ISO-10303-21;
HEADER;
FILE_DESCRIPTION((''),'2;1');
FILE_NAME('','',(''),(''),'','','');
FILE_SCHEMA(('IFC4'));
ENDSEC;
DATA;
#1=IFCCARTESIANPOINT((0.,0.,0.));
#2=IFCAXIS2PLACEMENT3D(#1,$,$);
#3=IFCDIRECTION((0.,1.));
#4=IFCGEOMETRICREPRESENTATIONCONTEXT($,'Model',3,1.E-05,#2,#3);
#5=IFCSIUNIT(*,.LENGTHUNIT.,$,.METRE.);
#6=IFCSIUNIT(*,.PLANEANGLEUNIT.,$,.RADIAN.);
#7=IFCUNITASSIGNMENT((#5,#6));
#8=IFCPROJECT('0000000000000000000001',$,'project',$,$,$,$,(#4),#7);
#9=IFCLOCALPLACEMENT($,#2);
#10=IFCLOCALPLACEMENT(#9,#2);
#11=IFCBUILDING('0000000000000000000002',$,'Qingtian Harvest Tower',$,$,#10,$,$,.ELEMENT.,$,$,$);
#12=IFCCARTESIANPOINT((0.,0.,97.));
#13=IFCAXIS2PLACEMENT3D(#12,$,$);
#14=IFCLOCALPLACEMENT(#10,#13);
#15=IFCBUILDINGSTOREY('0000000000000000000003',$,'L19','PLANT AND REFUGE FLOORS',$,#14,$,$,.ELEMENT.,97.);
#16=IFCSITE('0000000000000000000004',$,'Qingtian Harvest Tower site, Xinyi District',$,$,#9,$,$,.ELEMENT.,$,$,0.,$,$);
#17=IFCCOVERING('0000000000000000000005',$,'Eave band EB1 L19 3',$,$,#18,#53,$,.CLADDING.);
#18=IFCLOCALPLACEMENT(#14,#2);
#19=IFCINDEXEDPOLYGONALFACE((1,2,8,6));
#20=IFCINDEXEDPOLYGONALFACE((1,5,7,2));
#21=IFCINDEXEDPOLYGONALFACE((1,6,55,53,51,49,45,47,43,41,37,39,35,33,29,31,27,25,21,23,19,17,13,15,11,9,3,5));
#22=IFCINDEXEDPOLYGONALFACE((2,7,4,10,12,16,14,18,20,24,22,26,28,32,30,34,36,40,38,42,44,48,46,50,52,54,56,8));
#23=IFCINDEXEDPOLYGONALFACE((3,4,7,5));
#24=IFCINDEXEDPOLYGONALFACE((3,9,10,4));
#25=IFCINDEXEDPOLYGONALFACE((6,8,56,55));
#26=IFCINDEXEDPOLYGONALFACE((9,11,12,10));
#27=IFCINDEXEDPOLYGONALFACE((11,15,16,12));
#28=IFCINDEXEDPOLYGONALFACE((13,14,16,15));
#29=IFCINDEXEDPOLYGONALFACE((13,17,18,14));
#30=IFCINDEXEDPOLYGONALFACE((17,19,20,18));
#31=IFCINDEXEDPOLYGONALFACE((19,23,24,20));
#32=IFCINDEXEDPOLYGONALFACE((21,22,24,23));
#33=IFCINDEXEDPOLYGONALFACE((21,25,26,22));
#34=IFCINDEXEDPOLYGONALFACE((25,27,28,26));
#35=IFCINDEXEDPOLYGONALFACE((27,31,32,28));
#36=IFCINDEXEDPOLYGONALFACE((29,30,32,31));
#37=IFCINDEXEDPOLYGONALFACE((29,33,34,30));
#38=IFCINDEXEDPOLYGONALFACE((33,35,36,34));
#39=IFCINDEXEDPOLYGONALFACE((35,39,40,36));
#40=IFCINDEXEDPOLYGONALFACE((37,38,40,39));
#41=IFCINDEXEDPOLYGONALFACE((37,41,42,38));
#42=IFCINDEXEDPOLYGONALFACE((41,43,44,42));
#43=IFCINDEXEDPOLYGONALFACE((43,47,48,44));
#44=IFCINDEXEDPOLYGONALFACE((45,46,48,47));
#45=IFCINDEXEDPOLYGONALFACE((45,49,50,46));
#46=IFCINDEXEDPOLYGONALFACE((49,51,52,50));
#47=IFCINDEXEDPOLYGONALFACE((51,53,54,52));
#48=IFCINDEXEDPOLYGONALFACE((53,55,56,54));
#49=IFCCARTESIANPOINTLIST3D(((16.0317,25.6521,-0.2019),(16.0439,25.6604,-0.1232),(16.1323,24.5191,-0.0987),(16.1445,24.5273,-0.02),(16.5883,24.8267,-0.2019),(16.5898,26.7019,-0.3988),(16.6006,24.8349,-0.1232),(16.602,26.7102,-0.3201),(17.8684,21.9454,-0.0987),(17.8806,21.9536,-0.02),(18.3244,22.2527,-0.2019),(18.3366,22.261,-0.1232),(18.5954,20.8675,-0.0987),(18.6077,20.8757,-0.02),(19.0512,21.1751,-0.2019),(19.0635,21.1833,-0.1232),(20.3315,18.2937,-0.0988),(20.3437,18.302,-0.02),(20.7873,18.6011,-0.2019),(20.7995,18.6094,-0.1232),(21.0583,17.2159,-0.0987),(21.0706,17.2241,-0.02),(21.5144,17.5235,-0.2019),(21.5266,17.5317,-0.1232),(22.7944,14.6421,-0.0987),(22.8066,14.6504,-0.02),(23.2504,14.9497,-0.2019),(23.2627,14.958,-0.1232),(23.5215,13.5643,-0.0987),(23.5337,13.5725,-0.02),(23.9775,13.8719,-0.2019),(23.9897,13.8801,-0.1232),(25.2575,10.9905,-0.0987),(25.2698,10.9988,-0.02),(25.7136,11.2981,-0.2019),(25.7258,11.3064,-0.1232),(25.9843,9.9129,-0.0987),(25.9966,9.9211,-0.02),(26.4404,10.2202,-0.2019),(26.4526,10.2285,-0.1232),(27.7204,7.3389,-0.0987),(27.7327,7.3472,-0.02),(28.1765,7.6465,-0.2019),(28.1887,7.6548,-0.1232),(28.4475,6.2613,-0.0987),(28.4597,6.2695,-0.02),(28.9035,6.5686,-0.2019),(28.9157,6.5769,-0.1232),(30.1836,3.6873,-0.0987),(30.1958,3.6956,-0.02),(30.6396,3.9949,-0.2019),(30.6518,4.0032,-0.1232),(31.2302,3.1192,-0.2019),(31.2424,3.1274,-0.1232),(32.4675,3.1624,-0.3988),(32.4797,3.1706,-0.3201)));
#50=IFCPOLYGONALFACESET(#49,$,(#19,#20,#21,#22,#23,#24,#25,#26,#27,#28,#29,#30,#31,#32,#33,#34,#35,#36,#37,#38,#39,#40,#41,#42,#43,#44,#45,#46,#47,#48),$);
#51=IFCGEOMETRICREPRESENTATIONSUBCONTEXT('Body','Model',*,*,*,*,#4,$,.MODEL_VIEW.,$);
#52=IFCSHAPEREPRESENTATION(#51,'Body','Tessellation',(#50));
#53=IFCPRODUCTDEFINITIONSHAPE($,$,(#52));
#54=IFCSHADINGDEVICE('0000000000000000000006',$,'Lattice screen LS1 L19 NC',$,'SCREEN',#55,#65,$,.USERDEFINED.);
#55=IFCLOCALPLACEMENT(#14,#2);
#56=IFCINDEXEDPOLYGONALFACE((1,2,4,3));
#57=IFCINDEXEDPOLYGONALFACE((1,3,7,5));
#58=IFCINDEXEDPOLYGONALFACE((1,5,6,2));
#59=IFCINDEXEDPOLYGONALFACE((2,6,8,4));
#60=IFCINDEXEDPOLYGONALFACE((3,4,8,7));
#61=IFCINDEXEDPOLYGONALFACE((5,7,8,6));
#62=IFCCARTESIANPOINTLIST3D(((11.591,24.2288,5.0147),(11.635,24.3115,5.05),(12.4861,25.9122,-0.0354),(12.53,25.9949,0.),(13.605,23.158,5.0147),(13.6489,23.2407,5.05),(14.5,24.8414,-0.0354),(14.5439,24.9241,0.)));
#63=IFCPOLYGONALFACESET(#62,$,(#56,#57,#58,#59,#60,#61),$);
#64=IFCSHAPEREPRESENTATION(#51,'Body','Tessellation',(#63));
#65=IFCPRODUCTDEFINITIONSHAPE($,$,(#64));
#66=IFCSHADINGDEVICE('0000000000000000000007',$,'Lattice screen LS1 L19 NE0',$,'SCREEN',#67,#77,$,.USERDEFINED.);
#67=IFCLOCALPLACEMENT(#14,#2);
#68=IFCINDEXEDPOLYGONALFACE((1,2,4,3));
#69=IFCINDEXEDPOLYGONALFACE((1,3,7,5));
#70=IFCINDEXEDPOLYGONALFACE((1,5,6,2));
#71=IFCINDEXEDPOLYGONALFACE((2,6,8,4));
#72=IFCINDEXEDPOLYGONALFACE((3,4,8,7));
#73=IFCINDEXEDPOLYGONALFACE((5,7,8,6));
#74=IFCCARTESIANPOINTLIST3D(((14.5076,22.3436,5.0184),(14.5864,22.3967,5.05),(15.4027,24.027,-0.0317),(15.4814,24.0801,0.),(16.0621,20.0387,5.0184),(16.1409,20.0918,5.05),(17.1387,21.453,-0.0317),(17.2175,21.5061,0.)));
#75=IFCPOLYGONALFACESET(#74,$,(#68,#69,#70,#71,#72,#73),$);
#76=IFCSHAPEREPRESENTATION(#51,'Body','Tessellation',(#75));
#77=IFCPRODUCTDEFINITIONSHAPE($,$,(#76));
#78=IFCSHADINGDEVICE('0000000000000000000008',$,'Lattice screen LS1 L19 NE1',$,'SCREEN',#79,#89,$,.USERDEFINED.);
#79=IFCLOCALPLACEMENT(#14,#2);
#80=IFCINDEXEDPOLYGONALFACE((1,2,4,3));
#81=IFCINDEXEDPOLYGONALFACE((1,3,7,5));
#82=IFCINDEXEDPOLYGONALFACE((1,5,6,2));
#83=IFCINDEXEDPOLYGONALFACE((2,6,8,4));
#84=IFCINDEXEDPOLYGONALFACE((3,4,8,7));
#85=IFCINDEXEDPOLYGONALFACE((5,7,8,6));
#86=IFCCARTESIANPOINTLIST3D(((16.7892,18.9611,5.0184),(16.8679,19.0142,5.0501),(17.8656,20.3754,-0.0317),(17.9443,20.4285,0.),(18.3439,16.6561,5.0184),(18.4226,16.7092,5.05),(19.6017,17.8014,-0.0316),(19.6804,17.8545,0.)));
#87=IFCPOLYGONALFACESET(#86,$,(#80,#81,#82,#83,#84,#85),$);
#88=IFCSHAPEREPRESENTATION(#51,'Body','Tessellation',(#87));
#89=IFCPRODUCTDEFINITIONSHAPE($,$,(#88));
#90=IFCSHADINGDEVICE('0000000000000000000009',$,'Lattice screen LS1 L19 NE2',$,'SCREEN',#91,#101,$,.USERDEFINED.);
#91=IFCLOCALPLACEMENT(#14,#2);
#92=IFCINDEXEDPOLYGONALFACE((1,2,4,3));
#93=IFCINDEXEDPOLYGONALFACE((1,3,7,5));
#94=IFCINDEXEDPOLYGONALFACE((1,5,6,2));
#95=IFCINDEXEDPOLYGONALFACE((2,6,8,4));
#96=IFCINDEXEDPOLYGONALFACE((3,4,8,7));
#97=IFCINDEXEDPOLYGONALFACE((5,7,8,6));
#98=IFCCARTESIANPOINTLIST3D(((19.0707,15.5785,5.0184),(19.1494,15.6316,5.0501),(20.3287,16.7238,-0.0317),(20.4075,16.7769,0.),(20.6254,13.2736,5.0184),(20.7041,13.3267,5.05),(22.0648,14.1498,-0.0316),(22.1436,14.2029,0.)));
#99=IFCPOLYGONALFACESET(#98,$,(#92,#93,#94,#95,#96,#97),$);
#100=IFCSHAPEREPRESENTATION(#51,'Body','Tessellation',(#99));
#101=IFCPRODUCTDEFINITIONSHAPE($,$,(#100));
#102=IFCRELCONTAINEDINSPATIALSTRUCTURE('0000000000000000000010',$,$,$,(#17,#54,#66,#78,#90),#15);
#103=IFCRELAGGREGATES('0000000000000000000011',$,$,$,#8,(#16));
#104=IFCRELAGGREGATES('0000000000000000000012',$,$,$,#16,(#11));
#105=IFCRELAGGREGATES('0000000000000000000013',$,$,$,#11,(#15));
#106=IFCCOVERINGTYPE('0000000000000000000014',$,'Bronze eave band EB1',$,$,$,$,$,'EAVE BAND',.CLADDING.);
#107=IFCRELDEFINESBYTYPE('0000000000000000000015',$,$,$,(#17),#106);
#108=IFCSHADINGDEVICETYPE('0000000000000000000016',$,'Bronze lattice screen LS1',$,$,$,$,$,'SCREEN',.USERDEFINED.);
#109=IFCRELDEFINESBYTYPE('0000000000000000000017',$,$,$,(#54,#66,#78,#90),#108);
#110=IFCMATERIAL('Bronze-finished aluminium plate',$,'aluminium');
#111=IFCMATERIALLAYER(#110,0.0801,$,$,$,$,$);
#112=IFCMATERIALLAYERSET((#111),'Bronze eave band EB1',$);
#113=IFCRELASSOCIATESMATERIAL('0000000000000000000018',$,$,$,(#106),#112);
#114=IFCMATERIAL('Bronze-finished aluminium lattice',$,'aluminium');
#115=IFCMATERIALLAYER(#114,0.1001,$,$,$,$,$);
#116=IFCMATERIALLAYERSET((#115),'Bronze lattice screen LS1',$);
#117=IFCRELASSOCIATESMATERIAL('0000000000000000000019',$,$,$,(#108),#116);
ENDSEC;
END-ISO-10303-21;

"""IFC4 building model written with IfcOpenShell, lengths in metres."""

from ifc_helpers import new_model, si_unit, direction, frame, origin, place, context, subcontext, project, spatial, polyline, outline, extrude, material, layer, layer_set, type_object, element, save


model = new_model("IFC4")

# Units and contexts
model_context = context("Model", 3, precision=1e-05, world=origin(), true_north=direction((0.0, 1.0)))
body_context = subcontext(model_context, "Body", "Model", "MODEL_VIEW")
ifc_project = project(units=[si_unit("LENGTHUNIT", "METRE"), si_unit("PLANEANGLEUNIT", "RADIAN")], contexts=[model_context])

# Site, building, storey
site_placement = place(None, origin())
site = spatial("IfcSite", under=ifc_project, at=site_placement, Name="Qingtian Harvest Tower site, Xinyi District", CompositionType="ELEMENT", RefElevation=0.0)
building_placement = place(site_placement, origin())
building = spatial("IfcBuilding", under=site, at=building_placement, Name="Qingtian Harvest Tower", CompositionType="ELEMENT")
storey_placement = place(building_placement, frame((0.0, 0.0, 97.0)))
storey = spatial("IfcBuildingStorey", under=building, at=storey_placement, Name="L19", Description="PLANT AND REFUGE FLOORS", CompositionType="ELEMENT", Elevation=97.0)

# Covering
ifc_material_1 = material(Name="Bronze-finished aluminium plate", Category="aluminium")
ifc_layer_1 = layer(ifc_material_1, 0.0801)
ifc_layer_set_1 = layer_set([ifc_layer_1], Name="Bronze eave band EB1")
covering_type = type_object("IfcCoveringType", Name="Bronze eave band EB1", ElementType="EAVE BAND", PredefinedType="CLADDING", material=ifc_layer_set_1)
covering_1_placement = place(storey_placement, frame((16.1445, 24.5273, -0.02), z_axis=(0.152836, 0.10309, 0.98286), x_axis=(0.814824, 0.549614, -0.184354)))
element("IfcCovering", 1, at=covering_1_placement, inside=storey, type_object=covering_type, Name="Eave band EB1 L19 3", PredefinedType="CLADDING", context=body_context, shape_type="SweptSolid", body=[
    extrude(outline(polyline([(0.0, 0.0), (0.5597, 0.0), (0.5598, 0.9956), (1.6278, 1.5538), (1.6277, -26.84), (0.5594, -26.184), (0.5595, -25.1277), (-0.0001, -25.1277), (0.0, -22.023), (0.5595, -22.0232), (0.5595, -20.723), (-0.0002, -20.723), (-0.0001, -17.6183), (0.5595, -17.6185), (0.5597, -16.3185), (0.0, -16.3185), (-0.0001, -13.2139), (0.5596, -13.2139), (0.5596, -11.9138), (-0.0001, -11.9138), (-0.0001, -8.8092), (0.5596, -8.8092), (0.5594, -7.5093), (0.0001, -7.5092), (0.0, -4.4047), (0.5595, -4.4046), (0.5596, -3.1047), (0.0, -3.1045), (0.0, 0.0)])), origin(), (0.0, 0.0, -1.0), 0.0801),
])

# Shading devices
ifc_material_2 = material(Name="Bronze-finished aluminium lattice", Category="aluminium")
ifc_layer_2 = layer(ifc_material_2, 0.1001)
ifc_layer_set_2 = layer_set([ifc_layer_2], Name="Bronze lattice screen LS1")
shading_device_type = type_object("IfcShadingDeviceType", Name="Bronze lattice screen LS1", ElementType="SCREEN", PredefinedType="USERDEFINED", material=ifc_layer_set_2)
shading_device_1_placement = place(storey_placement, frame((12.53, 25.9949, 0.0), z_axis=(0.439209, 0.826046, 0.35319), x_axis=(0.882951, -0.469466, 0.0)))
element("IfcShadingDevice", 2, at=shading_device_1_placement, inside=storey, type_object=shading_device_type, Name="Lattice screen LS1 L19 NC", ObjectType="SCREEN", PredefinedType="USERDEFINED", context=body_context, shape_type="SweptSolid", body=[
    extrude(outline(polyline([(0.0, 0.0), (2.2809, 0.0), (2.2809, -5.3979), (0.0, -5.3979), (0.0, 0.0)])), origin(), (0.0, 0.0, -1.0), 0.1001),
])
shading_device_2_placement = place(storey_placement, frame((15.4814, 24.0801, 0.0), z_axis=(0.786519, 0.530459, 0.316229), x_axis=(0.559156, -0.829063, -0.000008)))
element("IfcShadingDevice", 3, at=shading_device_2_placement, inside=storey, type_object=shading_device_type, Name="Lattice screen LS1 L19 NE0", ObjectType="SCREEN", PredefinedType="USERDEFINED", context=body_context, shape_type="SweptSolid", body=[
    extrude(outline(polyline([(0.0, 0.0), (3.1047, 0.0), (3.6752, -5.3233), (0.8951, -5.3232), (0.0, 0.0)])), origin(), (0.0, 0.0, -1.0), 0.1001),
])
shading_device_3_placement = place(storey_placement, frame((17.9443, 20.4285, 0.0), z_axis=(0.786507, 0.530491, 0.316206), x_axis=(0.559181, -0.829045, 0.000003)))
element("IfcShadingDevice", 4, at=shading_device_3_placement, inside=storey, type_object=shading_device_type, Name="Lattice screen LS1 L19 NE1", ObjectType="SCREEN", PredefinedType="USERDEFINED", context=body_context, shape_type="SweptSolid", body=[
    extrude(outline(polyline([(0.0, 0.0), (3.1047, 0.0), (3.3509, -5.3232), (0.5706, -5.3232), (0.0, 0.0)])), origin(), (0.0, 0.0, -1.0), 0.1001),
])
shading_device_4_placement = place(storey_placement, frame((20.4075, 16.7769, 0.0), z_axis=(0.7865, 0.530486, 0.316231), x_axis=(0.559181, -0.829045, 0.000003)))
element("IfcShadingDevice", 5, at=shading_device_4_placement, inside=storey, type_object=shading_device_type, Name="Lattice screen LS1 L19 NE2", ObjectType="SCREEN", PredefinedType="USERDEFINED", context=body_context, shape_type="SweptSolid", body=[
    extrude(outline(polyline([(0.0, 0.0), (3.1047, 0.0), (3.0263, -5.3232), (0.246, -5.3232), (0.0, 0.0)])), origin(), (0.0, 0.0, -1.0), 0.1001),
])

save(model, "model.ifc")
